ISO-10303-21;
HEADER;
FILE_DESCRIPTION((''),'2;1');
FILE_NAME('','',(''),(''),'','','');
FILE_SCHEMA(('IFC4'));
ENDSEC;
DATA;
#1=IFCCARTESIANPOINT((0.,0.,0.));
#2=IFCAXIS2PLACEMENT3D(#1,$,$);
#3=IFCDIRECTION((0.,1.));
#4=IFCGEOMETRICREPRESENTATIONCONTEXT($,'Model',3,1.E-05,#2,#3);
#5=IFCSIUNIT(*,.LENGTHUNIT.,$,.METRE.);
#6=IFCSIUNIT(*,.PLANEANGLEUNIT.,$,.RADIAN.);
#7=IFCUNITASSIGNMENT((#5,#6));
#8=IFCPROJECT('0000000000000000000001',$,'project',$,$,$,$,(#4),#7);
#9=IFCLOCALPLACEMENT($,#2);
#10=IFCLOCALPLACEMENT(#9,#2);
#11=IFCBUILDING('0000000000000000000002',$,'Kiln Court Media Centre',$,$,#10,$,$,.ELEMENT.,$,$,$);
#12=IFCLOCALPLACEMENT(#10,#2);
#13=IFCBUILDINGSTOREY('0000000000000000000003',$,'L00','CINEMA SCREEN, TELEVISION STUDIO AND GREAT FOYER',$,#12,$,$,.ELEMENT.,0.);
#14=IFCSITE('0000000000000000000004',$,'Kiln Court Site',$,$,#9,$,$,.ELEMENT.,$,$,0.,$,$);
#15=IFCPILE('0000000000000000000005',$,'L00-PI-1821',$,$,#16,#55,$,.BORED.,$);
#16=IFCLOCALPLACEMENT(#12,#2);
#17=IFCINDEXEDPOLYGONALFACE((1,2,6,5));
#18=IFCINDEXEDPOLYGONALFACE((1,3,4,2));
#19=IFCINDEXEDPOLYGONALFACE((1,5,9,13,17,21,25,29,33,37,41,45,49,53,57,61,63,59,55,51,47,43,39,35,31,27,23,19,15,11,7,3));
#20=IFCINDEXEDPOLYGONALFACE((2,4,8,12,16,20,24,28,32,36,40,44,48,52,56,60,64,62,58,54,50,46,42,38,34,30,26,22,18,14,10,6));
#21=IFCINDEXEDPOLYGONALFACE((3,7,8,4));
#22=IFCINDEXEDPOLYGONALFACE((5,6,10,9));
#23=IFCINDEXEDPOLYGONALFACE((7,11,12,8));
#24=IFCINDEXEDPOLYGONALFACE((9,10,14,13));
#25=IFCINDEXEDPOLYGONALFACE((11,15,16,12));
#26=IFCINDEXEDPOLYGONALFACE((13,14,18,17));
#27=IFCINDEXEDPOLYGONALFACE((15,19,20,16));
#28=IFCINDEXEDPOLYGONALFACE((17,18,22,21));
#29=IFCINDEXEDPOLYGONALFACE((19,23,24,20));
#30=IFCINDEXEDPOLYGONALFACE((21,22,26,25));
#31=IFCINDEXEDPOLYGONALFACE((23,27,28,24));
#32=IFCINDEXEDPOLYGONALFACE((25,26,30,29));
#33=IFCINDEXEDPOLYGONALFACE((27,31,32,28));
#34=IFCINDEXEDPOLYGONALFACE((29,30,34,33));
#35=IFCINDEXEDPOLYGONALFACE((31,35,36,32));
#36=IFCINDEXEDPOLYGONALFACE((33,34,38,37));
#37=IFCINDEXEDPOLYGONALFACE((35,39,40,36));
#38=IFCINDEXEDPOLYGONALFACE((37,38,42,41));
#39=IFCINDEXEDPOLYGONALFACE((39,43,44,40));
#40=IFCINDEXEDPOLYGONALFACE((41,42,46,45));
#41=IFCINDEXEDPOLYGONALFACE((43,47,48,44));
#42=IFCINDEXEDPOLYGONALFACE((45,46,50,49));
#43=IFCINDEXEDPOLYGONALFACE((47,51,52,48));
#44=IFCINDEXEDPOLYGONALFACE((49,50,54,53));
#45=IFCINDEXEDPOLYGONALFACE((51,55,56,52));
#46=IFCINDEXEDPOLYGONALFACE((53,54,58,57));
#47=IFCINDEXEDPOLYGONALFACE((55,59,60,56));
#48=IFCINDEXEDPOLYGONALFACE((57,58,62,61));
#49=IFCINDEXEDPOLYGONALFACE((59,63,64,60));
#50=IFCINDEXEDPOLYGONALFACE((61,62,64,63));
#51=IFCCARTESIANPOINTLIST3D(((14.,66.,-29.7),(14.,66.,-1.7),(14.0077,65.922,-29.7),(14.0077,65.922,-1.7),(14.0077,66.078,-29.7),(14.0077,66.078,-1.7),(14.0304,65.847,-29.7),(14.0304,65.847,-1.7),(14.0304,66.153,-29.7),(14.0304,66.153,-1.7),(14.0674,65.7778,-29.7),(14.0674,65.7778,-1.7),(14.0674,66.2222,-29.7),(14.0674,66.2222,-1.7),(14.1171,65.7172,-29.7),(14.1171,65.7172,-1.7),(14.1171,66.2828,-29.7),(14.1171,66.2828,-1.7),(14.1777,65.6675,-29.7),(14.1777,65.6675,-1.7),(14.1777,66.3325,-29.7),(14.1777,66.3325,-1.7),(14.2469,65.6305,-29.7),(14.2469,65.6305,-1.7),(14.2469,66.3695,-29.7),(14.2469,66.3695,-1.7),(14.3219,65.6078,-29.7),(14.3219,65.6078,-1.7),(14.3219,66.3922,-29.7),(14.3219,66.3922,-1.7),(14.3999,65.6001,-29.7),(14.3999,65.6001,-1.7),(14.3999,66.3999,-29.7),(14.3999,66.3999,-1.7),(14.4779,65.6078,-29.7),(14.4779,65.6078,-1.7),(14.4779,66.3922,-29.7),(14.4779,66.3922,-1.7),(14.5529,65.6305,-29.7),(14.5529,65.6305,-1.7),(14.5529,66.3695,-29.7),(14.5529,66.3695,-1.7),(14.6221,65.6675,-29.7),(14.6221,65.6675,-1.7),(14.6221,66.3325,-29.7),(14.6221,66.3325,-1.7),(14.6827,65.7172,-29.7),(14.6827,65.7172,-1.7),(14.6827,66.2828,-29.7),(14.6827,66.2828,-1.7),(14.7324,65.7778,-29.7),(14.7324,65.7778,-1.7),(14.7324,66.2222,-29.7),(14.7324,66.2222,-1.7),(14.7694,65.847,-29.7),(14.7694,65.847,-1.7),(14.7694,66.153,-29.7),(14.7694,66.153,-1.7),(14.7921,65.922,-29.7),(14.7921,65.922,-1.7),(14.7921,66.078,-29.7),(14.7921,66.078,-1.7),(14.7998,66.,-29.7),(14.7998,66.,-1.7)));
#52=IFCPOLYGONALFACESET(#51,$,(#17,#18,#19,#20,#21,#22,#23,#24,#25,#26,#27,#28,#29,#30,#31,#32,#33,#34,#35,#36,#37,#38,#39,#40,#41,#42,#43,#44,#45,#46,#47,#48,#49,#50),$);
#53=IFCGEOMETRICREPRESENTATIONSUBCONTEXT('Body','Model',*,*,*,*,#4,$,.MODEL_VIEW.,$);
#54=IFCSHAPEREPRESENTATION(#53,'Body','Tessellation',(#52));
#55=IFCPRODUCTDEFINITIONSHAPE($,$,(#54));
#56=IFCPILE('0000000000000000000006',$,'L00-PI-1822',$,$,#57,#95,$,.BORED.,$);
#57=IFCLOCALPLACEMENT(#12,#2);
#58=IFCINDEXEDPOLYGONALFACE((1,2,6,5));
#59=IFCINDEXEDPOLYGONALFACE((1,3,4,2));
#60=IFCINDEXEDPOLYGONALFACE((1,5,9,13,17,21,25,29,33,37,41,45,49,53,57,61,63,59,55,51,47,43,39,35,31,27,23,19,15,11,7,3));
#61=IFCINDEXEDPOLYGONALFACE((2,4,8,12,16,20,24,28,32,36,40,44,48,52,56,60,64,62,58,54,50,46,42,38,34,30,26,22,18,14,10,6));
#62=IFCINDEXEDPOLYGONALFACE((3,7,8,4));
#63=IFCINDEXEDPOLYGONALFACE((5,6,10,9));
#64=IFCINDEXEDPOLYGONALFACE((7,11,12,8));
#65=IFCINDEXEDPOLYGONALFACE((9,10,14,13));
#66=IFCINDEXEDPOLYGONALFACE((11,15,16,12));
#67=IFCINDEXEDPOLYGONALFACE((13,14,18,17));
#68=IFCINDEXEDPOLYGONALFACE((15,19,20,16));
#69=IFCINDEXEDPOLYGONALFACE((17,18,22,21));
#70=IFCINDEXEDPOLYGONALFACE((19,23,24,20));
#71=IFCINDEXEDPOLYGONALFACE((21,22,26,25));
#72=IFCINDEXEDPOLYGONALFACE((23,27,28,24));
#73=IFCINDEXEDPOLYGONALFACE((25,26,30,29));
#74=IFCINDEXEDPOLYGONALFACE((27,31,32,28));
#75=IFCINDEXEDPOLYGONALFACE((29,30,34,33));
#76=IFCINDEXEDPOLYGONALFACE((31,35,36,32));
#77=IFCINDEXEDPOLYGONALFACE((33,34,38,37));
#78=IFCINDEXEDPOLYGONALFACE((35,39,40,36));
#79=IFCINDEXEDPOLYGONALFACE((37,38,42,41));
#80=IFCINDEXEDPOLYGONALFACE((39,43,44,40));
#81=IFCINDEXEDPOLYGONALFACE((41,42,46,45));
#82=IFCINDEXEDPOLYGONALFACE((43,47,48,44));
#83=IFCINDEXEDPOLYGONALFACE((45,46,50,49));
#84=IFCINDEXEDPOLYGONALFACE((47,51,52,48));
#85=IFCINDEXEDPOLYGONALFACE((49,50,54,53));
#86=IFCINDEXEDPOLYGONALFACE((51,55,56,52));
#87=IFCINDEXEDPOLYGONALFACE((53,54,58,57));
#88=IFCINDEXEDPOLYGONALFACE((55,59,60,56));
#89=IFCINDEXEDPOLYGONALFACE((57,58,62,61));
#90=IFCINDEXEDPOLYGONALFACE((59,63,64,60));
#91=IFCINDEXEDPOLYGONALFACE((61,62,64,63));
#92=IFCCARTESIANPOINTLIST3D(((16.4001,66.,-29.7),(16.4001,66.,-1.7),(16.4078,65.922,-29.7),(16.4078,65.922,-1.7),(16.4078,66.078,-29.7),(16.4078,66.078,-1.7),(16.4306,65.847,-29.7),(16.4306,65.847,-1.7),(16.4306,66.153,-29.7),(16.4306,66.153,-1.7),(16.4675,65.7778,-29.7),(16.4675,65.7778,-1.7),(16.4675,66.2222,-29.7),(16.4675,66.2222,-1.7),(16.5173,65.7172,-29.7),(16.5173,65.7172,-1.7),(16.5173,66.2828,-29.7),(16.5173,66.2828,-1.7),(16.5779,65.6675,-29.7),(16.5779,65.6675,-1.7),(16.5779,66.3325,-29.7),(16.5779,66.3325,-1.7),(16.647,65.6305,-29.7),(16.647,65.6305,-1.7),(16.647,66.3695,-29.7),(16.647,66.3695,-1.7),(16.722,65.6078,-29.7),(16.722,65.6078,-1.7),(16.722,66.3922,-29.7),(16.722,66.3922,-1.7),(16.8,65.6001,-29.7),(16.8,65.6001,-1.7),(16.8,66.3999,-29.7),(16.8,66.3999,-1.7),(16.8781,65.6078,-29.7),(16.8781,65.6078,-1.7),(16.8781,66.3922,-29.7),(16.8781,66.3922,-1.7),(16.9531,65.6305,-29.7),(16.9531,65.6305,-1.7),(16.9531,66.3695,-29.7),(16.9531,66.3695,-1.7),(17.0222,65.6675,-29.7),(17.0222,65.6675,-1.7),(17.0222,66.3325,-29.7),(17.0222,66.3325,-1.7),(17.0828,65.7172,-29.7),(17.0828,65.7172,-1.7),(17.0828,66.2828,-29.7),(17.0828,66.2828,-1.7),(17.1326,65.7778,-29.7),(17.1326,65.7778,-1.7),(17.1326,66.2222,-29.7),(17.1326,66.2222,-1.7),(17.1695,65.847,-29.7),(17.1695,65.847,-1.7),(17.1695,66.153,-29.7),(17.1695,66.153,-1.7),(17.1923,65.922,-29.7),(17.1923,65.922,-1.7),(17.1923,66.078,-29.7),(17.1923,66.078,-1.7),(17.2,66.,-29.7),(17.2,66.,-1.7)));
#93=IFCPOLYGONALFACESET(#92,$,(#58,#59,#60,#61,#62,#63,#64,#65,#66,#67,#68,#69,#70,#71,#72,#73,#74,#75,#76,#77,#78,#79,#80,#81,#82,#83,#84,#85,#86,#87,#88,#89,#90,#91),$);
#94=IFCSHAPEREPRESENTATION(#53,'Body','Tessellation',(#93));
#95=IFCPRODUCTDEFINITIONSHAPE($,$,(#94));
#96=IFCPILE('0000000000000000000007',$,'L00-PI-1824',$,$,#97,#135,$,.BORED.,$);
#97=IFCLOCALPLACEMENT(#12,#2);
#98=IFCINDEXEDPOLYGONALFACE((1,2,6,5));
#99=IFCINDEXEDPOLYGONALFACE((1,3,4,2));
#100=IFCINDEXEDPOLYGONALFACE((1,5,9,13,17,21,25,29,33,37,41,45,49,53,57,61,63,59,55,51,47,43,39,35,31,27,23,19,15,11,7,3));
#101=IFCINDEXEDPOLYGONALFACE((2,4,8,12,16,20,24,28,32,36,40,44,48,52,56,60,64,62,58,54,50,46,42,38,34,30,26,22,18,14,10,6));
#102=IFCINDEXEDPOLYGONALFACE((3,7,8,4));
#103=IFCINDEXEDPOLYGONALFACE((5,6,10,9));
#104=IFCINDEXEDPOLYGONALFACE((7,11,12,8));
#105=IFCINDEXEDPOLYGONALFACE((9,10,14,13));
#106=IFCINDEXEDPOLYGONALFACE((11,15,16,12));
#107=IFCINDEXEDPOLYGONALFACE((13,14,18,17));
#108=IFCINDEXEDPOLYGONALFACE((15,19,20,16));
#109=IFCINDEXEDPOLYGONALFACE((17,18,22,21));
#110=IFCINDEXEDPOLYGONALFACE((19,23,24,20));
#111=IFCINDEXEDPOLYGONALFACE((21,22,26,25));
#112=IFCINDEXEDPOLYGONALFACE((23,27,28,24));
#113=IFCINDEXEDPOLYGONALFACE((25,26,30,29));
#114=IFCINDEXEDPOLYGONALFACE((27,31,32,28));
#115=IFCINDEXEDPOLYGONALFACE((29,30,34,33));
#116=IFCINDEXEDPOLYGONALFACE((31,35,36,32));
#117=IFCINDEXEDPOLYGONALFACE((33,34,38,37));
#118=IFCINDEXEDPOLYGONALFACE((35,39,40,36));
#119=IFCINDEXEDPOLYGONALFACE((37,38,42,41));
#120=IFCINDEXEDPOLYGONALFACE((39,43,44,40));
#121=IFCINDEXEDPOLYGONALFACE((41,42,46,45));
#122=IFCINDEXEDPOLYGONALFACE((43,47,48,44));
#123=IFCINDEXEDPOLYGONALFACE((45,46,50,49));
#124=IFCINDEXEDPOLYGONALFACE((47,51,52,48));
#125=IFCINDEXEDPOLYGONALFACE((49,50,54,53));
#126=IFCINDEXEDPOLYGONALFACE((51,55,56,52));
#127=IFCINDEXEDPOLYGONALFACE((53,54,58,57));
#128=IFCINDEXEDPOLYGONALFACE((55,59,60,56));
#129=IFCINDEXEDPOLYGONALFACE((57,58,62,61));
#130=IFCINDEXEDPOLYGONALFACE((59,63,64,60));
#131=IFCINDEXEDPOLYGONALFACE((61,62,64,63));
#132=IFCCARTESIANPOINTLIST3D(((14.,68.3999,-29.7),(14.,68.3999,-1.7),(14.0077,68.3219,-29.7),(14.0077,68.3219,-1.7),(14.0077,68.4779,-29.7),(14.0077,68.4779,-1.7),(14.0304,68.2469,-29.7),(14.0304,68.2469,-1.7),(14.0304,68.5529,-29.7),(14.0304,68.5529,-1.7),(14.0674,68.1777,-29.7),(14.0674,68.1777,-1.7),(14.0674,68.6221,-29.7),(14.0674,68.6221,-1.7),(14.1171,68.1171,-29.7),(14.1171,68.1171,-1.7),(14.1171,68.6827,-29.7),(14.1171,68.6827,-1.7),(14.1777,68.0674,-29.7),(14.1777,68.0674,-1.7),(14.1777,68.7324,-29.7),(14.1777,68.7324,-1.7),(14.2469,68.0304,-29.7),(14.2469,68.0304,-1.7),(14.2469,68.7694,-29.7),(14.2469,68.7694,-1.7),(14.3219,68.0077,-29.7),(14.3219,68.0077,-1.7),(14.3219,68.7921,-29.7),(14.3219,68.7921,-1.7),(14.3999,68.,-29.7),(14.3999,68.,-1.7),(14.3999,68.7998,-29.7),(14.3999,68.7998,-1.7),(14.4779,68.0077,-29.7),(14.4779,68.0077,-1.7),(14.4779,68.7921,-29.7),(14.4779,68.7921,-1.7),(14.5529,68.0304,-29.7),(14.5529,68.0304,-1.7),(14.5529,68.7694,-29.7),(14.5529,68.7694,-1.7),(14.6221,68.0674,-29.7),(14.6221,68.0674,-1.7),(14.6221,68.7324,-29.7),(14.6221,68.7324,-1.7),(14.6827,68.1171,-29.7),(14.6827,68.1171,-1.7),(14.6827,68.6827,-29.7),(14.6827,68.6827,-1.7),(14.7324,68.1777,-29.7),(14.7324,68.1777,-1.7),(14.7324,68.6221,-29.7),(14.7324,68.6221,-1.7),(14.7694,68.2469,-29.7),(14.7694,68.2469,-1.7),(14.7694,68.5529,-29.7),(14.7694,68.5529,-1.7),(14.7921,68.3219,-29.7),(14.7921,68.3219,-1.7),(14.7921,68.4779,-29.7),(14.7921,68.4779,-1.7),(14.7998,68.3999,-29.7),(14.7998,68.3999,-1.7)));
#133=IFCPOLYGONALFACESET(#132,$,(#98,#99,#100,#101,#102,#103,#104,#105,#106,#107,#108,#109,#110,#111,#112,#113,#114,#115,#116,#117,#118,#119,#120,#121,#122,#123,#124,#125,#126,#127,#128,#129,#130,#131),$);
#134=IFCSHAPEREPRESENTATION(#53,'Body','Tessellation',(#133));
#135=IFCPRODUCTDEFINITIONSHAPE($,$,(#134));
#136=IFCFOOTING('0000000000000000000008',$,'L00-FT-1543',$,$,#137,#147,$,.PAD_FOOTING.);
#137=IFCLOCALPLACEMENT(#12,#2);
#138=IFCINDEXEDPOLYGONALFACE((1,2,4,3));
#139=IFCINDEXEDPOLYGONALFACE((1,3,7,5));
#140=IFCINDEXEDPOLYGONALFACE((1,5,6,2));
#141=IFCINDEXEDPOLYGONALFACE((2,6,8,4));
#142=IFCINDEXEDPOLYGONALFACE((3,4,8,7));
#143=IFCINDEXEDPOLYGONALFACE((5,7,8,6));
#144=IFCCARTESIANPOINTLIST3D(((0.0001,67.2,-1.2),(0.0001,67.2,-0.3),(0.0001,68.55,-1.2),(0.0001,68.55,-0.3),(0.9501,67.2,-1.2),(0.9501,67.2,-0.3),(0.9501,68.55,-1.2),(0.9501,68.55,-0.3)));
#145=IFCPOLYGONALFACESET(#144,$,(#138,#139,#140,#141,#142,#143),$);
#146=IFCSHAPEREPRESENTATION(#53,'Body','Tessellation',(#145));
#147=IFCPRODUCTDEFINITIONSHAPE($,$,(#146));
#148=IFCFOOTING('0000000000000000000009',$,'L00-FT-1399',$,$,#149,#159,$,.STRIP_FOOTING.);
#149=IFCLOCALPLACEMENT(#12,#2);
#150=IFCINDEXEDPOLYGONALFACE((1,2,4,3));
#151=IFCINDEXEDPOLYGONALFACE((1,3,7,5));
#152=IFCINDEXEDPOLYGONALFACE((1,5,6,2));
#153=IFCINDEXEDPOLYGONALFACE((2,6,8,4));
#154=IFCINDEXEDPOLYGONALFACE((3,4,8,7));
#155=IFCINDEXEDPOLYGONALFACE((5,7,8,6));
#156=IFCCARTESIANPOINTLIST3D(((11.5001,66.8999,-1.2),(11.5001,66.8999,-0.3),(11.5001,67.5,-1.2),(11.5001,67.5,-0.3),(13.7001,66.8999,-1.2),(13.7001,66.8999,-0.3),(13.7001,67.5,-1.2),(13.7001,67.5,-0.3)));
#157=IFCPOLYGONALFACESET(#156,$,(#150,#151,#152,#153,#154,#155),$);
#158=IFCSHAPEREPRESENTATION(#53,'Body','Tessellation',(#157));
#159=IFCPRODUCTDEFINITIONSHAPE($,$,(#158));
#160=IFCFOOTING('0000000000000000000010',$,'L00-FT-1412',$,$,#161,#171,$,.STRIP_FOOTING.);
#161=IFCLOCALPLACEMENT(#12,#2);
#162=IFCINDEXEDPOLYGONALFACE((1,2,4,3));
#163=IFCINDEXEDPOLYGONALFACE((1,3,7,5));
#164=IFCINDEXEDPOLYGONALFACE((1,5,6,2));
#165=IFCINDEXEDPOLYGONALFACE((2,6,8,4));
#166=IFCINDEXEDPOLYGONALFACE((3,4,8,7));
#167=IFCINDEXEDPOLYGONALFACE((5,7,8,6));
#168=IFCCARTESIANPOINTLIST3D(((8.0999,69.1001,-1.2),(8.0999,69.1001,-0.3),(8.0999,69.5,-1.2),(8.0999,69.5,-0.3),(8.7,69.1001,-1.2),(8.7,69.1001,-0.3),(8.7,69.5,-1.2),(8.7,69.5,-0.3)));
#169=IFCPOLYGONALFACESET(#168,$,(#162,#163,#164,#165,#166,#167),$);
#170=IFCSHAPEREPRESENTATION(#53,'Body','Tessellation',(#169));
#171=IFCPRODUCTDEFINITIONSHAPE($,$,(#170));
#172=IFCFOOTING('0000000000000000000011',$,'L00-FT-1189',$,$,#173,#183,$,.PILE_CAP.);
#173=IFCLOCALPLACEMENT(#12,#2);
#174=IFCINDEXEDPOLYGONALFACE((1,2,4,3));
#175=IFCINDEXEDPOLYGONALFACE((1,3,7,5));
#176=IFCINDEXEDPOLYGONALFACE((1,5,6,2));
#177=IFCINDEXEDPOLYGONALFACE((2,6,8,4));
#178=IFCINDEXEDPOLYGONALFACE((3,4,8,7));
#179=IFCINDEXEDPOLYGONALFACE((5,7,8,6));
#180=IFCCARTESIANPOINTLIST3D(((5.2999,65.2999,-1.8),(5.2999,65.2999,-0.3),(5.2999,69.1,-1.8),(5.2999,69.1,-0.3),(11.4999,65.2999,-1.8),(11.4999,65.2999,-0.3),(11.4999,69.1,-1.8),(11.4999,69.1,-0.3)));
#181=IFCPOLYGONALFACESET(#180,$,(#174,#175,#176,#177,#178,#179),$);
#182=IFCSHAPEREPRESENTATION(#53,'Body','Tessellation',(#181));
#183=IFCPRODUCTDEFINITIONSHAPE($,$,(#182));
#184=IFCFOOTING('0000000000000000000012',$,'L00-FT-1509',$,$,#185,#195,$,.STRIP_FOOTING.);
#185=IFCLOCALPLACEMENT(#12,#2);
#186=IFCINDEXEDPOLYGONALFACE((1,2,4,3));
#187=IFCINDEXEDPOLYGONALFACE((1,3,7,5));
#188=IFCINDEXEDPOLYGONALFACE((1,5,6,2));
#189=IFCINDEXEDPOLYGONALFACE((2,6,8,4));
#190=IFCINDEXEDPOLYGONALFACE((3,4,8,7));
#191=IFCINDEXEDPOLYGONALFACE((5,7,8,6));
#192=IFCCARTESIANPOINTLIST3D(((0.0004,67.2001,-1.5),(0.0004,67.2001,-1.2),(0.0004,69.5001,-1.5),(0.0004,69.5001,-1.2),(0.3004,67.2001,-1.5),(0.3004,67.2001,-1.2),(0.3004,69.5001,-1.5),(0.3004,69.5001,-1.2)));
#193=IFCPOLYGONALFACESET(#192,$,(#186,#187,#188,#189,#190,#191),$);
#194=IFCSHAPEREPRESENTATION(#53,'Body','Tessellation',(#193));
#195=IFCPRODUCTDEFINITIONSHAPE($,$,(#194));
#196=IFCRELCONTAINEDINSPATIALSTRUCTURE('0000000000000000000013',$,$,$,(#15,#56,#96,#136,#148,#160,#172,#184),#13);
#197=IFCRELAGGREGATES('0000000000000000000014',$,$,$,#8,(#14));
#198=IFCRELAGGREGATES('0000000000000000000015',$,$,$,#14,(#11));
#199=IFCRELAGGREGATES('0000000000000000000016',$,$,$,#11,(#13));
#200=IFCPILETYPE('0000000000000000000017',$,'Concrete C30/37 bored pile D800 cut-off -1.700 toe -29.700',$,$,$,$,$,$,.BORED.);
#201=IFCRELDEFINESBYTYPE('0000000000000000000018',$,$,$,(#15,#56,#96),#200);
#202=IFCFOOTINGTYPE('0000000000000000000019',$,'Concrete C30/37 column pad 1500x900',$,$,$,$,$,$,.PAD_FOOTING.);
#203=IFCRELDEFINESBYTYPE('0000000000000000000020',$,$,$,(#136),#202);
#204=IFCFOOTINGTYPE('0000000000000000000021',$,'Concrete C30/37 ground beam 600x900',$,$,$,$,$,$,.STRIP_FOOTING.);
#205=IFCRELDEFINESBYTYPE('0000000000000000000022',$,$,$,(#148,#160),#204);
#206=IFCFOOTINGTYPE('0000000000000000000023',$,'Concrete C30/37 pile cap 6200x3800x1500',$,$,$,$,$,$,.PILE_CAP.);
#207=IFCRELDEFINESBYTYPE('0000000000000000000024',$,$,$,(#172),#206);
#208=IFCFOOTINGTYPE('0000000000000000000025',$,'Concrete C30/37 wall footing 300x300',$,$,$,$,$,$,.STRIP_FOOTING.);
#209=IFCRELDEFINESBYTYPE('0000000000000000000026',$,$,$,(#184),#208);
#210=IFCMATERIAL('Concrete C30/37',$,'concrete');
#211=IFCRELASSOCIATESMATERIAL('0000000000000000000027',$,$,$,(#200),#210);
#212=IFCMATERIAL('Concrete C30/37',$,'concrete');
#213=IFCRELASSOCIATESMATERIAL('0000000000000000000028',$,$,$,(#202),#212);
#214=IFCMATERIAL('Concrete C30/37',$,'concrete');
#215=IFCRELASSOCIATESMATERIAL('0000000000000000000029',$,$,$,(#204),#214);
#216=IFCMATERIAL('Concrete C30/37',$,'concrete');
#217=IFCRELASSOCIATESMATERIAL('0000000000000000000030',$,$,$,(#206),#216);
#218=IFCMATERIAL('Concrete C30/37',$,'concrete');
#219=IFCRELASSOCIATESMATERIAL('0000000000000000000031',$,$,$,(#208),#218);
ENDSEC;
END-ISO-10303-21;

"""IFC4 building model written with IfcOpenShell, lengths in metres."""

from ifc_helpers import new_model, si_unit, direction, frame, origin, origin_2d, place, context, subcontext, project, spatial, rectangle, circle, extrude, material, material_profile, profile_set, type_object, element, save


model = new_model("IFC4")

# Units and contexts
model_context = context("Model", 3, precision=1e-05, world=origin(), true_north=direction((0.0, 1.0)))
body_context = subcontext(model_context, "Body", "Model", "MODEL_VIEW")
ifc_project = project(units=[si_unit("LENGTHUNIT", "METRE"), si_unit("PLANEANGLEUNIT", "RADIAN")], contexts=[model_context])

# Site, building, storey
site_placement = place(None, origin())
site = spatial("IfcSite", under=ifc_project, at=site_placement, Name="Kiln Court Site", CompositionType="ELEMENT", RefElevation=0.0)
building_placement = place(site_placement, origin())
building = spatial("IfcBuilding", under=site, at=building_placement, Name="Kiln Court Media Centre", CompositionType="ELEMENT")
storey_placement = place(building_placement, origin())
storey = spatial("IfcBuildingStorey", under=building, at=storey_placement, Name="L00", Description="CINEMA SCREEN, TELEVISION STUDIO AND GREAT FOYER", CompositionType="ELEMENT", Elevation=0.0)

# Piles
ifc_material_1 = material(Name="Concrete C30/37", Category="concrete")
ifc_material_profile_1 = material_profile(ifc_material_1, circle(Radius=0.3999, at=origin_2d()), Name="PILE D800")
ifc_profile_set_1 = profile_set([ifc_material_profile_1], Name="Concrete C30/37")
pile_type = type_object("IfcPileType", Name="Concrete C30/37 bored pile D800 cut-off -1.700 toe -29.700", PredefinedType="BORED", material=ifc_profile_set_1)
for number, where, z_axis, x_axis, name in (
    (1, (14.3999, 66.0, -1.7), (0.0, 0.0, -1.0), (1.0, 0.0, 0.0), "L00-PI-1821"),
    (2, (16.8, 66.0, -1.7), (0.0, 0.0, -1.0), (1.0, 0.0, 0.0), "L00-PI-1822"),
    (3, (14.3999, 68.3999, -1.7), (0.0, 0.0, -1.0), (1.0, 0.0, 0.0), "L00-PI-1824"),
):
    element("IfcPile", number, at=place(storey_placement, frame(where, z_axis=z_axis, x_axis=x_axis)), inside=storey, type_object=pile_type, Name=name, PredefinedType="BORED", context=body_context, shape_type="SweptSolid", body=[
        extrude(circle(Radius=0.3999, at=origin_2d()), origin(), (0.0, 0.0, 1.0), 28.0),
    ])

# Footings
ifc_material_2 = material(Name="Concrete C30/37", Category="concrete")
footing_type_1 = type_object("IfcFootingType", Name="Concrete C30/37 column pad 1500x900", PredefinedType="PAD_FOOTING", material=ifc_material_2)
footing_1_placement = place(storey_placement, frame((0.4751, 67.875, -1.2), z_axis=(0.0, 0.0, 1.0), x_axis=(1.0, 0.0, 0.0)))
element("IfcFooting", 4, at=footing_1_placement, inside=storey, type_object=footing_type_1, Name="L00-FT-1543", PredefinedType="PAD_FOOTING", context=body_context, shape_type="SweptSolid", body=[
    extrude(rectangle(XDim=0.95, YDim=1.3501, at=origin_2d()), origin(), (0.0, 0.0, 1.0), 0.8999),
])
ifc_material_3 = material(Name="Concrete C30/37", Category="concrete")
footing_type_2 = type_object("IfcFootingType", Name="Concrete C30/37 ground beam 600x900", PredefinedType="STRIP_FOOTING", material=ifc_material_3)
footing_2_placement = place(storey_placement, frame((12.6001, 67.2, -1.2), z_axis=(0.0, 0.0, 1.0), x_axis=(1.0, 0.0, 0.0)))
element("IfcFooting", 5, at=footing_2_placement, inside=storey, type_object=footing_type_2, Name="L00-FT-1399", PredefinedType="STRIP_FOOTING", context=body_context, shape_type="SweptSolid", body=[
    extrude(rectangle(XDim=2.2, YDim=0.6001, at=origin_2d()), origin(), (0.0, 0.0, 1.0), 0.8999),
])
footing_3_placement = place(storey_placement, frame((8.3999, 69.3, -1.2), z_axis=(0.0, 0.0, 1.0), x_axis=(1.0, 0.0, 0.0)))
element("IfcFooting", 6, at=footing_3_placement, inside=storey, type_object=footing_type_2, Name="L00-FT-1412", PredefinedType="STRIP_FOOTING", context=body_context, shape_type="SweptSolid", body=[
    extrude(rectangle(XDim=0.6001, YDim=0.3999, at=origin_2d()), origin(), (0.0, 0.0, 1.0), 0.8999),
])
ifc_material_4 = material(Name="Concrete C30/37", Category="concrete")
footing_type_3 = type_object("IfcFootingType", Name="Concrete C30/37 pile cap 6200x3800x1500", PredefinedType="PILE_CAP", material=ifc_material_4)
footing_4_placement = place(storey_placement, frame((8.3999, 67.2, -1.8), z_axis=(0.0, 0.0, 1.0), x_axis=(1.0, 0.0, 0.0)))
element("IfcFooting", 7, at=footing_4_placement, inside=storey, type_object=footing_type_3, Name="L00-FT-1189", PredefinedType="PILE_CAP", context=body_context, shape_type="SweptSolid", body=[
    extrude(rectangle(XDim=6.2, YDim=3.8, at=origin_2d()), origin(), (0.0, 0.0, 1.0), 1.5),
])
ifc_material_5 = material(Name="Concrete C30/37", Category="concrete")
footing_type_4 = type_object("IfcFootingType", Name="Concrete C30/37 wall footing 300x300", PredefinedType="STRIP_FOOTING", material=ifc_material_5)
footing_5_placement = place(storey_placement, frame((0.1504, 68.3501, -1.5), z_axis=(0.0, 0.0, 1.0), x_axis=(1.0, 0.0, 0.0)))
element("IfcFooting", 8, at=footing_5_placement, inside=storey, type_object=footing_type_4, Name="L00-FT-1509", PredefinedType="STRIP_FOOTING", context=body_context, shape_type="SweptSolid", body=[
    extrude(rectangle(XDim=0.3, YDim=2.3, at=origin_2d()), origin(), (0.0, 0.0, 1.0), 0.3),
])

save(model, "model.ifc")
